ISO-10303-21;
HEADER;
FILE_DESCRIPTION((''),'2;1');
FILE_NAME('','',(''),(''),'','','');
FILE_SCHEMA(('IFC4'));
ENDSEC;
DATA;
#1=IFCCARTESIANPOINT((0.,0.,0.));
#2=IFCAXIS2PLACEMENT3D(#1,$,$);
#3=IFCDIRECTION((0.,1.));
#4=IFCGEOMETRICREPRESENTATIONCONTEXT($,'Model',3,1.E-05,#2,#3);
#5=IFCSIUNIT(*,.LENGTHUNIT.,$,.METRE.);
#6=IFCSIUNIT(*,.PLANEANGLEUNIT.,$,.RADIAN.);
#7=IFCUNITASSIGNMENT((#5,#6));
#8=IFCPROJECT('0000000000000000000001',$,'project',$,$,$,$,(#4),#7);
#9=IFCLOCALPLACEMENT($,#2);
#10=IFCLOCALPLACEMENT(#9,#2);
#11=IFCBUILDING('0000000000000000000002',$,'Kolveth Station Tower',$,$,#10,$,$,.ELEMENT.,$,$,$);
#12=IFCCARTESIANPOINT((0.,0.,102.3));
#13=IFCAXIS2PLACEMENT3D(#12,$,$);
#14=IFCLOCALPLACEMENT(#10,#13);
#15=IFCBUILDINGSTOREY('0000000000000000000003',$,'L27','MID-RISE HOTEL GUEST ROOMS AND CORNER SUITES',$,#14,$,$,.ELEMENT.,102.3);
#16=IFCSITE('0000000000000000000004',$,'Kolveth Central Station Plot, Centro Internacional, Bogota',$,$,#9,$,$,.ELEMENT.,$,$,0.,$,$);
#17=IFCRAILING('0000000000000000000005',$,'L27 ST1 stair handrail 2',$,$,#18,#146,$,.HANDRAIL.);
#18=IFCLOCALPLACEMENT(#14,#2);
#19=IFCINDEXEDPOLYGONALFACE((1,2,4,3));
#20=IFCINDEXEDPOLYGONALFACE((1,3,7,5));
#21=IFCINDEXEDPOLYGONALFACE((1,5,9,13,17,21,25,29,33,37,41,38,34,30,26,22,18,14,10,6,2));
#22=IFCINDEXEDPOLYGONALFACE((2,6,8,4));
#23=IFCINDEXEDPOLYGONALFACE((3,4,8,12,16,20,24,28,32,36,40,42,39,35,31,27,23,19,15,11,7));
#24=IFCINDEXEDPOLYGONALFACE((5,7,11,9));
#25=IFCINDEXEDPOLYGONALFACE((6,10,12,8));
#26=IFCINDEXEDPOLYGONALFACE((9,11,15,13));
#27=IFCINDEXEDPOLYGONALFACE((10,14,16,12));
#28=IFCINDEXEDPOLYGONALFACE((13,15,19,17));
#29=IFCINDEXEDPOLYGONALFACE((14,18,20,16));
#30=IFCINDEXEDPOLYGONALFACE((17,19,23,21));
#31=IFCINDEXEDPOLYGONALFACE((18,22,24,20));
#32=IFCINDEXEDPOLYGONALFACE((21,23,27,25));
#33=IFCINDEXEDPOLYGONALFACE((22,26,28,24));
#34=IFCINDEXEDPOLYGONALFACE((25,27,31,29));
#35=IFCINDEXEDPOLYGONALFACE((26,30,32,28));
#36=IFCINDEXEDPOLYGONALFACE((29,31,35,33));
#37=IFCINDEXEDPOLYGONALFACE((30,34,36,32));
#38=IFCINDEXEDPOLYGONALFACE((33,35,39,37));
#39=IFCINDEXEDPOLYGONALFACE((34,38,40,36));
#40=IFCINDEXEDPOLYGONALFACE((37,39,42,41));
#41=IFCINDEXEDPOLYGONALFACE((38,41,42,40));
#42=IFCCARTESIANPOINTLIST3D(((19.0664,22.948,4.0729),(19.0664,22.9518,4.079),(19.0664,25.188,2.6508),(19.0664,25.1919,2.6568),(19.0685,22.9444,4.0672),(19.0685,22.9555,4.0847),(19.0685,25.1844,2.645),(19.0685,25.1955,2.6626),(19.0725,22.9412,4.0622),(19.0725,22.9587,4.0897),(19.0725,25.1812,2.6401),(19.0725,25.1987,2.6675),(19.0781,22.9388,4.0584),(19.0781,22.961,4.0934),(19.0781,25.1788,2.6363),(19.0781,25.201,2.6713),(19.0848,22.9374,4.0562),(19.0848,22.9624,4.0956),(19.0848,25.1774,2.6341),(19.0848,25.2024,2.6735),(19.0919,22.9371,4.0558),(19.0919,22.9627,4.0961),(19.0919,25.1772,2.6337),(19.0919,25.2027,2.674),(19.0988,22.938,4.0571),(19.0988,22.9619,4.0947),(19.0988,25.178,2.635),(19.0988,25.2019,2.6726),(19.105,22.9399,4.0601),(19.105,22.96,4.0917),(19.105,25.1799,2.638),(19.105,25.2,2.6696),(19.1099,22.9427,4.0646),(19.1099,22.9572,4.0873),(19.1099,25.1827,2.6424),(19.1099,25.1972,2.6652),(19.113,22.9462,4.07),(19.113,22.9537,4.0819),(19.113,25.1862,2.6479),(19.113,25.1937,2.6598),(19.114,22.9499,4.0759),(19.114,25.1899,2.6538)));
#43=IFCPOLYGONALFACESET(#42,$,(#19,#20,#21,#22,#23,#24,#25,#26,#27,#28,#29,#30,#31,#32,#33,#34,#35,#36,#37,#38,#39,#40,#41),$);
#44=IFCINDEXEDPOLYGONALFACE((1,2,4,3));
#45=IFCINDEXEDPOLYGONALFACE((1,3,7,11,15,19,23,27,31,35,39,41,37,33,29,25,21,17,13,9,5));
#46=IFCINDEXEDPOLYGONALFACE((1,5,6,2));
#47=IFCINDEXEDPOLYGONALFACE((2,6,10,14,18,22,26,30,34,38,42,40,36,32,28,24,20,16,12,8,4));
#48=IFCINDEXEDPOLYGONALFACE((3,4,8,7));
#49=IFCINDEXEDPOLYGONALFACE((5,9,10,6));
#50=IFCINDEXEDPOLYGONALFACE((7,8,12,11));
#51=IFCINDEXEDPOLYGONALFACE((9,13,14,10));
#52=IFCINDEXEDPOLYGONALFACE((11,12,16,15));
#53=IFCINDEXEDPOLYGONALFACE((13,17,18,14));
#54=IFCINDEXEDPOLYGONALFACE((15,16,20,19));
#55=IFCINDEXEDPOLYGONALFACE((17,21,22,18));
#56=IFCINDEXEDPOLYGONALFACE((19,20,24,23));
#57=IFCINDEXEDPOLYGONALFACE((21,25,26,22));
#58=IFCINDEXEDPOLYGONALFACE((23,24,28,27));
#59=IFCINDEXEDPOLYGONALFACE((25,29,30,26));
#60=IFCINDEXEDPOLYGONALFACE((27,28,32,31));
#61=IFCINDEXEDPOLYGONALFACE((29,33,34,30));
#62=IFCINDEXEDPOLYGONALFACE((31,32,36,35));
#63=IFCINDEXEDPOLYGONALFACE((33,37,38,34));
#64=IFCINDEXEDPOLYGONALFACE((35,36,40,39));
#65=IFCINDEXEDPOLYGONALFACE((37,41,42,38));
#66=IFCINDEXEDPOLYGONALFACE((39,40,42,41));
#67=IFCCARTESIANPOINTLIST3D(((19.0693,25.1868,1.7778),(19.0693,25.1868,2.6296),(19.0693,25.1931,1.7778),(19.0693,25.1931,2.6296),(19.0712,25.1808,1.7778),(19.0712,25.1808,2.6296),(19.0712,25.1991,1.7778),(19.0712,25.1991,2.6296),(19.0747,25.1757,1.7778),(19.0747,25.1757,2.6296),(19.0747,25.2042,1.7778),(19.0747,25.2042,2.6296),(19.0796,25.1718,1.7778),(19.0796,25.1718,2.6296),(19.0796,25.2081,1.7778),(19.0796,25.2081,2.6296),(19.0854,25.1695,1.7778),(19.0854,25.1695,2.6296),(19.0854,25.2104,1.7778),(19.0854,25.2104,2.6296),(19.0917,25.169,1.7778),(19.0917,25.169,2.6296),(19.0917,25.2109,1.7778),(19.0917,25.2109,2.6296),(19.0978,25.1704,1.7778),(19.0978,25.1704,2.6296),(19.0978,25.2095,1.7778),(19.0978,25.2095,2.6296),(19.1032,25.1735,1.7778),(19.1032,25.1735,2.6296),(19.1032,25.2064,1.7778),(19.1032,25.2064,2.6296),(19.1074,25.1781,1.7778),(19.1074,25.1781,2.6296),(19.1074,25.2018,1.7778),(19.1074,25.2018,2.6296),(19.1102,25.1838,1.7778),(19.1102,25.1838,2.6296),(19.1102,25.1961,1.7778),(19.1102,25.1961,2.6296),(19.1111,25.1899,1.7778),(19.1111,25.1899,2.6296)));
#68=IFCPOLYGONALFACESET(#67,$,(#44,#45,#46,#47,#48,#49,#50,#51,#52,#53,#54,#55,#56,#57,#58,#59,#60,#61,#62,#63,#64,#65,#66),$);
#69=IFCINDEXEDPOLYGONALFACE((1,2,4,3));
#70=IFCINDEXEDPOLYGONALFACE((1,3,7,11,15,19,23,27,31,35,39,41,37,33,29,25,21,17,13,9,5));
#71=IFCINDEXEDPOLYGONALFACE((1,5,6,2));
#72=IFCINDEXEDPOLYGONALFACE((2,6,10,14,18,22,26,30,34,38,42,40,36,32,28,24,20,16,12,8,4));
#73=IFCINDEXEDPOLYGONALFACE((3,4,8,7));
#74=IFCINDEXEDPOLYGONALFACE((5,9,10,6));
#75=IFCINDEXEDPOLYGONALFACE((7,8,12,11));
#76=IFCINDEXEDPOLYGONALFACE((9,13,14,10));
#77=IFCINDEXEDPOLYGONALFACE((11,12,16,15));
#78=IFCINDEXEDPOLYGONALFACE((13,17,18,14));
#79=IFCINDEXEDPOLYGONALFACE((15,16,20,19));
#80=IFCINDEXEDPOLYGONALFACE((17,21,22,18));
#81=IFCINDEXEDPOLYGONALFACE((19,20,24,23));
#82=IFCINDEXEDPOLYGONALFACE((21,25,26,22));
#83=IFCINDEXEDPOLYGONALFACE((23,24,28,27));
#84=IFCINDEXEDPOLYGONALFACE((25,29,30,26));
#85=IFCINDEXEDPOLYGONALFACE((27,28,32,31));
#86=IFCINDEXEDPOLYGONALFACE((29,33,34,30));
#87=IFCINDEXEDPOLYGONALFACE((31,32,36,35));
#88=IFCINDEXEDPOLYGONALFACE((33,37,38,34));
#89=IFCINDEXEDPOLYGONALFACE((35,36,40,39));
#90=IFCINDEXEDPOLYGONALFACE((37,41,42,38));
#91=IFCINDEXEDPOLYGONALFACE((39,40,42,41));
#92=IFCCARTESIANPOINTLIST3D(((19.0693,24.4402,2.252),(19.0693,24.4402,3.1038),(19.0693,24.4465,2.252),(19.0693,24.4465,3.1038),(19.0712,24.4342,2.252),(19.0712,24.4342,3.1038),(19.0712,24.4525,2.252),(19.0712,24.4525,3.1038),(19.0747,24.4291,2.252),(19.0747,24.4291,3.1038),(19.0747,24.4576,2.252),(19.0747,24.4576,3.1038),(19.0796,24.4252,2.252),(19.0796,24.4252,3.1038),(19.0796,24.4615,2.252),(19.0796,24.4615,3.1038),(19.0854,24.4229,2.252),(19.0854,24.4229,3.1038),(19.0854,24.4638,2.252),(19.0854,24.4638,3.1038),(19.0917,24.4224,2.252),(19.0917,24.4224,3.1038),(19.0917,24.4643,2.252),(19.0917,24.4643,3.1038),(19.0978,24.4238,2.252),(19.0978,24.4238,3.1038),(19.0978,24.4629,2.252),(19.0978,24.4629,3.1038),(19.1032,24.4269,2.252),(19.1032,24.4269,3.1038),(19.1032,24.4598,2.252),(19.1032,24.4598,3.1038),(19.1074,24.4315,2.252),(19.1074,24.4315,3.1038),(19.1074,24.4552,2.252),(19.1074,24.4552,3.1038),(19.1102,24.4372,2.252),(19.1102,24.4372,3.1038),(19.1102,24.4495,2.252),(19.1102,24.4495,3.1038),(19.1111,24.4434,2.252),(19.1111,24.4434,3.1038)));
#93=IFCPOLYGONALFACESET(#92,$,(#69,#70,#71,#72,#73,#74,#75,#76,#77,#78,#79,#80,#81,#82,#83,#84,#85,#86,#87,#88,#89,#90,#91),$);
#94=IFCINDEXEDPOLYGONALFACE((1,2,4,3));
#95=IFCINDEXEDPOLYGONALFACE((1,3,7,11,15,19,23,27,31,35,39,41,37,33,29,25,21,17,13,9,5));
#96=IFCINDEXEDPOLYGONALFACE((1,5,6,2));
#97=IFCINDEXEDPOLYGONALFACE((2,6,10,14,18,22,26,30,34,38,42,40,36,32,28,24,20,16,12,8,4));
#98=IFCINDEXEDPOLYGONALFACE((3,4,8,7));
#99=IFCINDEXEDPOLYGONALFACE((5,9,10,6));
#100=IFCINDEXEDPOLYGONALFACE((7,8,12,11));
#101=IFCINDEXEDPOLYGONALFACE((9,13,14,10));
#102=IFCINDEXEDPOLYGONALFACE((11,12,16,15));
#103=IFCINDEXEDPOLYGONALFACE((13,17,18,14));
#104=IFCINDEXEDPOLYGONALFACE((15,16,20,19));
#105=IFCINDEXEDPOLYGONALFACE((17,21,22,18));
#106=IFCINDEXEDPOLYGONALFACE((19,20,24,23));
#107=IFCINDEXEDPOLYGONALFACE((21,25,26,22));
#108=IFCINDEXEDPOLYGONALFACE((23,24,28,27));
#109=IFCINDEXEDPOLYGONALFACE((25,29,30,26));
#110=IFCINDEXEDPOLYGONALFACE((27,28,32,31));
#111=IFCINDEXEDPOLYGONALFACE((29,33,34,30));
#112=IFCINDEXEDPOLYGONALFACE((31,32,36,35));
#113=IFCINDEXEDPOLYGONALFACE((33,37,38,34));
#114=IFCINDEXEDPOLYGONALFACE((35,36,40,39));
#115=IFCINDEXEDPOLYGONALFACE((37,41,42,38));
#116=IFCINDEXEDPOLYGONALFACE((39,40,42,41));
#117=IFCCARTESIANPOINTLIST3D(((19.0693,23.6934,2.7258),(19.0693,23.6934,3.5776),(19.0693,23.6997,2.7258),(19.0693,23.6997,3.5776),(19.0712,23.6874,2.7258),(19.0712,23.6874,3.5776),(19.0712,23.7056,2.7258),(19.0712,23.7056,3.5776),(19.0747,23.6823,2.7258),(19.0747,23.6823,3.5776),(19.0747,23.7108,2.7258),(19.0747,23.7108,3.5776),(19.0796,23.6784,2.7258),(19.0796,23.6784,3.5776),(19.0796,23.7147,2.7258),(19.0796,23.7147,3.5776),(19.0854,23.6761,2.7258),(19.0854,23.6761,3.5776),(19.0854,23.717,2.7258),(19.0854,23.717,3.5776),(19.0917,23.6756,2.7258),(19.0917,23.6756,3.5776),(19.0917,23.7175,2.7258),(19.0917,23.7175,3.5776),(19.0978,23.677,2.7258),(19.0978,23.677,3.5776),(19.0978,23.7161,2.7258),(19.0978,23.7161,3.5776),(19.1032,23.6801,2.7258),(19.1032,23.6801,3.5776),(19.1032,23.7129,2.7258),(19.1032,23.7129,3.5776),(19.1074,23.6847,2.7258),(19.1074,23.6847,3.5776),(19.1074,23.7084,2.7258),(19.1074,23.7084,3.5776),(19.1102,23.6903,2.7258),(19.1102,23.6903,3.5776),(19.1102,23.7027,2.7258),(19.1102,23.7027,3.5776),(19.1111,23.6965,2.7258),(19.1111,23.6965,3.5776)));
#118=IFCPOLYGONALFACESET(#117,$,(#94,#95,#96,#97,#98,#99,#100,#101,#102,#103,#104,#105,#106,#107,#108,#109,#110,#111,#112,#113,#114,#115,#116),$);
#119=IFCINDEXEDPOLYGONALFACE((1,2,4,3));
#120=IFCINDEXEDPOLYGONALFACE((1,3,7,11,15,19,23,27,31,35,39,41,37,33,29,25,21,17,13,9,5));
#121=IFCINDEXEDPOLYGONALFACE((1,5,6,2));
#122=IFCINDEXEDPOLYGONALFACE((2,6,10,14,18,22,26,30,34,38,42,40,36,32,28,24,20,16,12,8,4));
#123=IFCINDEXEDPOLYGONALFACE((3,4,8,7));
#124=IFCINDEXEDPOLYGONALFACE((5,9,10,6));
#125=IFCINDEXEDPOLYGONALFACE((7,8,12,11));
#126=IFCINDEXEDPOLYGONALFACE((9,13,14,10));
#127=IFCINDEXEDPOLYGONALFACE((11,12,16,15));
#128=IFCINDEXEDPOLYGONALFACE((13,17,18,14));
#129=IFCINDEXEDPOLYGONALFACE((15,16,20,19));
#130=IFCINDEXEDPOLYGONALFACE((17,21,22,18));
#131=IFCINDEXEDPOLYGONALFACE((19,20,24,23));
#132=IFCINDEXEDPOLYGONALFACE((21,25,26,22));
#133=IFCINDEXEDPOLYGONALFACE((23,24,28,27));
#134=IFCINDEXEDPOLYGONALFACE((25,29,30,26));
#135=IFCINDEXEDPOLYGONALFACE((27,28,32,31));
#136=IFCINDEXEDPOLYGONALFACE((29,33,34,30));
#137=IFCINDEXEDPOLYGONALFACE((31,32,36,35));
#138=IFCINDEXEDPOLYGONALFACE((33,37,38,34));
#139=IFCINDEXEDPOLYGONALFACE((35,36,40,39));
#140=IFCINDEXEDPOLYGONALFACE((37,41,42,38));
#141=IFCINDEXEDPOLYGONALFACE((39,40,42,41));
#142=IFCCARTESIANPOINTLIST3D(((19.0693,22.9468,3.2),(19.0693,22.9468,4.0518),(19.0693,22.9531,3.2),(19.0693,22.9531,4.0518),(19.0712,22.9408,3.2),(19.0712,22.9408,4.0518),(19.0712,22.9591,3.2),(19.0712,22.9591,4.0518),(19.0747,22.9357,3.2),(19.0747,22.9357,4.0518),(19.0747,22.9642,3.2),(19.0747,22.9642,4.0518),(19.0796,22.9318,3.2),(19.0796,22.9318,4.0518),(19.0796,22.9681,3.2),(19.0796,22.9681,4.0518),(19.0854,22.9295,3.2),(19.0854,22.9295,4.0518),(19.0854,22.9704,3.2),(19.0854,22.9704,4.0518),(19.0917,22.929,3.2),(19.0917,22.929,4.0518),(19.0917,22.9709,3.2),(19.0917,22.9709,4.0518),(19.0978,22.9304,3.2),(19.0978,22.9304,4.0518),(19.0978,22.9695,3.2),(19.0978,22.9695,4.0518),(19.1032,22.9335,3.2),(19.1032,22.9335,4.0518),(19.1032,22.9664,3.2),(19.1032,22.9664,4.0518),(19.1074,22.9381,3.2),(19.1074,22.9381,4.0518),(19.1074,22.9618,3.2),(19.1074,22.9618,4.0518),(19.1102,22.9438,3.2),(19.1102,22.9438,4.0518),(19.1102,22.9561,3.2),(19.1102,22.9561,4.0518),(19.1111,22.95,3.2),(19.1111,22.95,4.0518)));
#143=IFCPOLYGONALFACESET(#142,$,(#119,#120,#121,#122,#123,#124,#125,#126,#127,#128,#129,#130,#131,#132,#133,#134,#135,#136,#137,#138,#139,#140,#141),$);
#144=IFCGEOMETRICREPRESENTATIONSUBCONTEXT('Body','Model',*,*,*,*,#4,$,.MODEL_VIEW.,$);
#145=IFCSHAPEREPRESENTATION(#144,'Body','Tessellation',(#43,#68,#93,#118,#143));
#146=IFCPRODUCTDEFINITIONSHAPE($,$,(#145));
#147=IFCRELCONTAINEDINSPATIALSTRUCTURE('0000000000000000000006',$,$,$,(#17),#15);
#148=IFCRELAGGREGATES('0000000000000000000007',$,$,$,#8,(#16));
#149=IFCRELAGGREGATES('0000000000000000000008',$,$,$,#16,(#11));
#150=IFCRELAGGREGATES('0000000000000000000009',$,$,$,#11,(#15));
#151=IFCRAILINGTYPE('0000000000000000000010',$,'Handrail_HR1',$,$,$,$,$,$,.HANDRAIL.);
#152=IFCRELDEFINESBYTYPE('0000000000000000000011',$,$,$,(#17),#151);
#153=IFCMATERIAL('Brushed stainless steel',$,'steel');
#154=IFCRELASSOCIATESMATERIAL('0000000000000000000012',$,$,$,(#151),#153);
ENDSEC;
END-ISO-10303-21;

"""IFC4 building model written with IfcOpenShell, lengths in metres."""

from ifc_helpers import new_model, si_unit, direction, frame, origin, origin_2d, place, context, subcontext, project, spatial, circle, extrude, material, type_object, element, save


model = new_model("IFC4")

# Units and contexts
model_context = context("Model", 3, precision=1e-05, world=origin(), true_north=direction((0.0, 1.0)))
body_context = subcontext(model_context, "Body", "Model", "MODEL_VIEW")
ifc_project = project(units=[si_unit("LENGTHUNIT", "METRE"), si_unit("PLANEANGLEUNIT", "RADIAN")], contexts=[model_context])

# Site, building, storey
site_placement = place(None, origin())
site = spatial("IfcSite", under=ifc_project, at=site_placement, Name="Kolveth Central Station Plot, Centro Internacional, Bogota", CompositionType="ELEMENT", RefElevation=0.0)
building_placement = place(site_placement, origin())
building = spatial("IfcBuilding", under=site, at=building_placement, Name="Kolveth Station Tower", CompositionType="ELEMENT")
storey_placement = place(building_placement, frame((0.0, 0.0, 102.3)))
storey = spatial("IfcBuildingStorey", under=building, at=storey_placement, Name="L27", Description="MID-RISE HOTEL GUEST ROOMS AND CORNER SUITES", CompositionType="ELEMENT", Elevation=102.3)

# Railing
ifc_material_1 = material(Name="Brushed stainless steel", Category="steel")
railing_type_1 = type_object("IfcRailingType", Name="Handrail_HR1", PredefinedType="HANDRAIL", material=ifc_material_1)
railing_1_placement = place(storey_placement, frame((19.0901, 25.1899, 1.7778)))
element("IfcRailing", 1, at=railing_1_placement, inside=storey, type_object=railing_type_1, Name="L27 ST1 stair handrail 2", PredefinedType="HANDRAIL", context=body_context, shape_type="SweptSolid", body=[
    extrude(circle(Radius=0.0239, at=origin_2d()), frame((0.0, 0.0, 0.876), z_axis=(0.0, -0.844229, 0.535982), x_axis=(1.0, 0.0, 0.0)), (0.0, 0.0, 1.0), 2.6533),
    extrude(circle(Radius=0.021, at=origin_2d()), origin(), (0.0, 0.0, 1.0), 0.8518),
    extrude(circle(Radius=0.021, at=origin_2d()), frame((0.0, -0.7466, 0.4741)), (0.0, 0.0, 1.0), 0.8518),
    extrude(circle(Radius=0.021, at=origin_2d()), frame((0.0, -1.4934, 0.948)), (0.0, 0.0, 1.0), 0.8518),
    extrude(circle(Radius=0.021, at=origin_2d()), frame((0.0, -2.24, 1.4221)), (0.0, 0.0, 1.0), 0.8518),
])

save(model, "model.ifc")
